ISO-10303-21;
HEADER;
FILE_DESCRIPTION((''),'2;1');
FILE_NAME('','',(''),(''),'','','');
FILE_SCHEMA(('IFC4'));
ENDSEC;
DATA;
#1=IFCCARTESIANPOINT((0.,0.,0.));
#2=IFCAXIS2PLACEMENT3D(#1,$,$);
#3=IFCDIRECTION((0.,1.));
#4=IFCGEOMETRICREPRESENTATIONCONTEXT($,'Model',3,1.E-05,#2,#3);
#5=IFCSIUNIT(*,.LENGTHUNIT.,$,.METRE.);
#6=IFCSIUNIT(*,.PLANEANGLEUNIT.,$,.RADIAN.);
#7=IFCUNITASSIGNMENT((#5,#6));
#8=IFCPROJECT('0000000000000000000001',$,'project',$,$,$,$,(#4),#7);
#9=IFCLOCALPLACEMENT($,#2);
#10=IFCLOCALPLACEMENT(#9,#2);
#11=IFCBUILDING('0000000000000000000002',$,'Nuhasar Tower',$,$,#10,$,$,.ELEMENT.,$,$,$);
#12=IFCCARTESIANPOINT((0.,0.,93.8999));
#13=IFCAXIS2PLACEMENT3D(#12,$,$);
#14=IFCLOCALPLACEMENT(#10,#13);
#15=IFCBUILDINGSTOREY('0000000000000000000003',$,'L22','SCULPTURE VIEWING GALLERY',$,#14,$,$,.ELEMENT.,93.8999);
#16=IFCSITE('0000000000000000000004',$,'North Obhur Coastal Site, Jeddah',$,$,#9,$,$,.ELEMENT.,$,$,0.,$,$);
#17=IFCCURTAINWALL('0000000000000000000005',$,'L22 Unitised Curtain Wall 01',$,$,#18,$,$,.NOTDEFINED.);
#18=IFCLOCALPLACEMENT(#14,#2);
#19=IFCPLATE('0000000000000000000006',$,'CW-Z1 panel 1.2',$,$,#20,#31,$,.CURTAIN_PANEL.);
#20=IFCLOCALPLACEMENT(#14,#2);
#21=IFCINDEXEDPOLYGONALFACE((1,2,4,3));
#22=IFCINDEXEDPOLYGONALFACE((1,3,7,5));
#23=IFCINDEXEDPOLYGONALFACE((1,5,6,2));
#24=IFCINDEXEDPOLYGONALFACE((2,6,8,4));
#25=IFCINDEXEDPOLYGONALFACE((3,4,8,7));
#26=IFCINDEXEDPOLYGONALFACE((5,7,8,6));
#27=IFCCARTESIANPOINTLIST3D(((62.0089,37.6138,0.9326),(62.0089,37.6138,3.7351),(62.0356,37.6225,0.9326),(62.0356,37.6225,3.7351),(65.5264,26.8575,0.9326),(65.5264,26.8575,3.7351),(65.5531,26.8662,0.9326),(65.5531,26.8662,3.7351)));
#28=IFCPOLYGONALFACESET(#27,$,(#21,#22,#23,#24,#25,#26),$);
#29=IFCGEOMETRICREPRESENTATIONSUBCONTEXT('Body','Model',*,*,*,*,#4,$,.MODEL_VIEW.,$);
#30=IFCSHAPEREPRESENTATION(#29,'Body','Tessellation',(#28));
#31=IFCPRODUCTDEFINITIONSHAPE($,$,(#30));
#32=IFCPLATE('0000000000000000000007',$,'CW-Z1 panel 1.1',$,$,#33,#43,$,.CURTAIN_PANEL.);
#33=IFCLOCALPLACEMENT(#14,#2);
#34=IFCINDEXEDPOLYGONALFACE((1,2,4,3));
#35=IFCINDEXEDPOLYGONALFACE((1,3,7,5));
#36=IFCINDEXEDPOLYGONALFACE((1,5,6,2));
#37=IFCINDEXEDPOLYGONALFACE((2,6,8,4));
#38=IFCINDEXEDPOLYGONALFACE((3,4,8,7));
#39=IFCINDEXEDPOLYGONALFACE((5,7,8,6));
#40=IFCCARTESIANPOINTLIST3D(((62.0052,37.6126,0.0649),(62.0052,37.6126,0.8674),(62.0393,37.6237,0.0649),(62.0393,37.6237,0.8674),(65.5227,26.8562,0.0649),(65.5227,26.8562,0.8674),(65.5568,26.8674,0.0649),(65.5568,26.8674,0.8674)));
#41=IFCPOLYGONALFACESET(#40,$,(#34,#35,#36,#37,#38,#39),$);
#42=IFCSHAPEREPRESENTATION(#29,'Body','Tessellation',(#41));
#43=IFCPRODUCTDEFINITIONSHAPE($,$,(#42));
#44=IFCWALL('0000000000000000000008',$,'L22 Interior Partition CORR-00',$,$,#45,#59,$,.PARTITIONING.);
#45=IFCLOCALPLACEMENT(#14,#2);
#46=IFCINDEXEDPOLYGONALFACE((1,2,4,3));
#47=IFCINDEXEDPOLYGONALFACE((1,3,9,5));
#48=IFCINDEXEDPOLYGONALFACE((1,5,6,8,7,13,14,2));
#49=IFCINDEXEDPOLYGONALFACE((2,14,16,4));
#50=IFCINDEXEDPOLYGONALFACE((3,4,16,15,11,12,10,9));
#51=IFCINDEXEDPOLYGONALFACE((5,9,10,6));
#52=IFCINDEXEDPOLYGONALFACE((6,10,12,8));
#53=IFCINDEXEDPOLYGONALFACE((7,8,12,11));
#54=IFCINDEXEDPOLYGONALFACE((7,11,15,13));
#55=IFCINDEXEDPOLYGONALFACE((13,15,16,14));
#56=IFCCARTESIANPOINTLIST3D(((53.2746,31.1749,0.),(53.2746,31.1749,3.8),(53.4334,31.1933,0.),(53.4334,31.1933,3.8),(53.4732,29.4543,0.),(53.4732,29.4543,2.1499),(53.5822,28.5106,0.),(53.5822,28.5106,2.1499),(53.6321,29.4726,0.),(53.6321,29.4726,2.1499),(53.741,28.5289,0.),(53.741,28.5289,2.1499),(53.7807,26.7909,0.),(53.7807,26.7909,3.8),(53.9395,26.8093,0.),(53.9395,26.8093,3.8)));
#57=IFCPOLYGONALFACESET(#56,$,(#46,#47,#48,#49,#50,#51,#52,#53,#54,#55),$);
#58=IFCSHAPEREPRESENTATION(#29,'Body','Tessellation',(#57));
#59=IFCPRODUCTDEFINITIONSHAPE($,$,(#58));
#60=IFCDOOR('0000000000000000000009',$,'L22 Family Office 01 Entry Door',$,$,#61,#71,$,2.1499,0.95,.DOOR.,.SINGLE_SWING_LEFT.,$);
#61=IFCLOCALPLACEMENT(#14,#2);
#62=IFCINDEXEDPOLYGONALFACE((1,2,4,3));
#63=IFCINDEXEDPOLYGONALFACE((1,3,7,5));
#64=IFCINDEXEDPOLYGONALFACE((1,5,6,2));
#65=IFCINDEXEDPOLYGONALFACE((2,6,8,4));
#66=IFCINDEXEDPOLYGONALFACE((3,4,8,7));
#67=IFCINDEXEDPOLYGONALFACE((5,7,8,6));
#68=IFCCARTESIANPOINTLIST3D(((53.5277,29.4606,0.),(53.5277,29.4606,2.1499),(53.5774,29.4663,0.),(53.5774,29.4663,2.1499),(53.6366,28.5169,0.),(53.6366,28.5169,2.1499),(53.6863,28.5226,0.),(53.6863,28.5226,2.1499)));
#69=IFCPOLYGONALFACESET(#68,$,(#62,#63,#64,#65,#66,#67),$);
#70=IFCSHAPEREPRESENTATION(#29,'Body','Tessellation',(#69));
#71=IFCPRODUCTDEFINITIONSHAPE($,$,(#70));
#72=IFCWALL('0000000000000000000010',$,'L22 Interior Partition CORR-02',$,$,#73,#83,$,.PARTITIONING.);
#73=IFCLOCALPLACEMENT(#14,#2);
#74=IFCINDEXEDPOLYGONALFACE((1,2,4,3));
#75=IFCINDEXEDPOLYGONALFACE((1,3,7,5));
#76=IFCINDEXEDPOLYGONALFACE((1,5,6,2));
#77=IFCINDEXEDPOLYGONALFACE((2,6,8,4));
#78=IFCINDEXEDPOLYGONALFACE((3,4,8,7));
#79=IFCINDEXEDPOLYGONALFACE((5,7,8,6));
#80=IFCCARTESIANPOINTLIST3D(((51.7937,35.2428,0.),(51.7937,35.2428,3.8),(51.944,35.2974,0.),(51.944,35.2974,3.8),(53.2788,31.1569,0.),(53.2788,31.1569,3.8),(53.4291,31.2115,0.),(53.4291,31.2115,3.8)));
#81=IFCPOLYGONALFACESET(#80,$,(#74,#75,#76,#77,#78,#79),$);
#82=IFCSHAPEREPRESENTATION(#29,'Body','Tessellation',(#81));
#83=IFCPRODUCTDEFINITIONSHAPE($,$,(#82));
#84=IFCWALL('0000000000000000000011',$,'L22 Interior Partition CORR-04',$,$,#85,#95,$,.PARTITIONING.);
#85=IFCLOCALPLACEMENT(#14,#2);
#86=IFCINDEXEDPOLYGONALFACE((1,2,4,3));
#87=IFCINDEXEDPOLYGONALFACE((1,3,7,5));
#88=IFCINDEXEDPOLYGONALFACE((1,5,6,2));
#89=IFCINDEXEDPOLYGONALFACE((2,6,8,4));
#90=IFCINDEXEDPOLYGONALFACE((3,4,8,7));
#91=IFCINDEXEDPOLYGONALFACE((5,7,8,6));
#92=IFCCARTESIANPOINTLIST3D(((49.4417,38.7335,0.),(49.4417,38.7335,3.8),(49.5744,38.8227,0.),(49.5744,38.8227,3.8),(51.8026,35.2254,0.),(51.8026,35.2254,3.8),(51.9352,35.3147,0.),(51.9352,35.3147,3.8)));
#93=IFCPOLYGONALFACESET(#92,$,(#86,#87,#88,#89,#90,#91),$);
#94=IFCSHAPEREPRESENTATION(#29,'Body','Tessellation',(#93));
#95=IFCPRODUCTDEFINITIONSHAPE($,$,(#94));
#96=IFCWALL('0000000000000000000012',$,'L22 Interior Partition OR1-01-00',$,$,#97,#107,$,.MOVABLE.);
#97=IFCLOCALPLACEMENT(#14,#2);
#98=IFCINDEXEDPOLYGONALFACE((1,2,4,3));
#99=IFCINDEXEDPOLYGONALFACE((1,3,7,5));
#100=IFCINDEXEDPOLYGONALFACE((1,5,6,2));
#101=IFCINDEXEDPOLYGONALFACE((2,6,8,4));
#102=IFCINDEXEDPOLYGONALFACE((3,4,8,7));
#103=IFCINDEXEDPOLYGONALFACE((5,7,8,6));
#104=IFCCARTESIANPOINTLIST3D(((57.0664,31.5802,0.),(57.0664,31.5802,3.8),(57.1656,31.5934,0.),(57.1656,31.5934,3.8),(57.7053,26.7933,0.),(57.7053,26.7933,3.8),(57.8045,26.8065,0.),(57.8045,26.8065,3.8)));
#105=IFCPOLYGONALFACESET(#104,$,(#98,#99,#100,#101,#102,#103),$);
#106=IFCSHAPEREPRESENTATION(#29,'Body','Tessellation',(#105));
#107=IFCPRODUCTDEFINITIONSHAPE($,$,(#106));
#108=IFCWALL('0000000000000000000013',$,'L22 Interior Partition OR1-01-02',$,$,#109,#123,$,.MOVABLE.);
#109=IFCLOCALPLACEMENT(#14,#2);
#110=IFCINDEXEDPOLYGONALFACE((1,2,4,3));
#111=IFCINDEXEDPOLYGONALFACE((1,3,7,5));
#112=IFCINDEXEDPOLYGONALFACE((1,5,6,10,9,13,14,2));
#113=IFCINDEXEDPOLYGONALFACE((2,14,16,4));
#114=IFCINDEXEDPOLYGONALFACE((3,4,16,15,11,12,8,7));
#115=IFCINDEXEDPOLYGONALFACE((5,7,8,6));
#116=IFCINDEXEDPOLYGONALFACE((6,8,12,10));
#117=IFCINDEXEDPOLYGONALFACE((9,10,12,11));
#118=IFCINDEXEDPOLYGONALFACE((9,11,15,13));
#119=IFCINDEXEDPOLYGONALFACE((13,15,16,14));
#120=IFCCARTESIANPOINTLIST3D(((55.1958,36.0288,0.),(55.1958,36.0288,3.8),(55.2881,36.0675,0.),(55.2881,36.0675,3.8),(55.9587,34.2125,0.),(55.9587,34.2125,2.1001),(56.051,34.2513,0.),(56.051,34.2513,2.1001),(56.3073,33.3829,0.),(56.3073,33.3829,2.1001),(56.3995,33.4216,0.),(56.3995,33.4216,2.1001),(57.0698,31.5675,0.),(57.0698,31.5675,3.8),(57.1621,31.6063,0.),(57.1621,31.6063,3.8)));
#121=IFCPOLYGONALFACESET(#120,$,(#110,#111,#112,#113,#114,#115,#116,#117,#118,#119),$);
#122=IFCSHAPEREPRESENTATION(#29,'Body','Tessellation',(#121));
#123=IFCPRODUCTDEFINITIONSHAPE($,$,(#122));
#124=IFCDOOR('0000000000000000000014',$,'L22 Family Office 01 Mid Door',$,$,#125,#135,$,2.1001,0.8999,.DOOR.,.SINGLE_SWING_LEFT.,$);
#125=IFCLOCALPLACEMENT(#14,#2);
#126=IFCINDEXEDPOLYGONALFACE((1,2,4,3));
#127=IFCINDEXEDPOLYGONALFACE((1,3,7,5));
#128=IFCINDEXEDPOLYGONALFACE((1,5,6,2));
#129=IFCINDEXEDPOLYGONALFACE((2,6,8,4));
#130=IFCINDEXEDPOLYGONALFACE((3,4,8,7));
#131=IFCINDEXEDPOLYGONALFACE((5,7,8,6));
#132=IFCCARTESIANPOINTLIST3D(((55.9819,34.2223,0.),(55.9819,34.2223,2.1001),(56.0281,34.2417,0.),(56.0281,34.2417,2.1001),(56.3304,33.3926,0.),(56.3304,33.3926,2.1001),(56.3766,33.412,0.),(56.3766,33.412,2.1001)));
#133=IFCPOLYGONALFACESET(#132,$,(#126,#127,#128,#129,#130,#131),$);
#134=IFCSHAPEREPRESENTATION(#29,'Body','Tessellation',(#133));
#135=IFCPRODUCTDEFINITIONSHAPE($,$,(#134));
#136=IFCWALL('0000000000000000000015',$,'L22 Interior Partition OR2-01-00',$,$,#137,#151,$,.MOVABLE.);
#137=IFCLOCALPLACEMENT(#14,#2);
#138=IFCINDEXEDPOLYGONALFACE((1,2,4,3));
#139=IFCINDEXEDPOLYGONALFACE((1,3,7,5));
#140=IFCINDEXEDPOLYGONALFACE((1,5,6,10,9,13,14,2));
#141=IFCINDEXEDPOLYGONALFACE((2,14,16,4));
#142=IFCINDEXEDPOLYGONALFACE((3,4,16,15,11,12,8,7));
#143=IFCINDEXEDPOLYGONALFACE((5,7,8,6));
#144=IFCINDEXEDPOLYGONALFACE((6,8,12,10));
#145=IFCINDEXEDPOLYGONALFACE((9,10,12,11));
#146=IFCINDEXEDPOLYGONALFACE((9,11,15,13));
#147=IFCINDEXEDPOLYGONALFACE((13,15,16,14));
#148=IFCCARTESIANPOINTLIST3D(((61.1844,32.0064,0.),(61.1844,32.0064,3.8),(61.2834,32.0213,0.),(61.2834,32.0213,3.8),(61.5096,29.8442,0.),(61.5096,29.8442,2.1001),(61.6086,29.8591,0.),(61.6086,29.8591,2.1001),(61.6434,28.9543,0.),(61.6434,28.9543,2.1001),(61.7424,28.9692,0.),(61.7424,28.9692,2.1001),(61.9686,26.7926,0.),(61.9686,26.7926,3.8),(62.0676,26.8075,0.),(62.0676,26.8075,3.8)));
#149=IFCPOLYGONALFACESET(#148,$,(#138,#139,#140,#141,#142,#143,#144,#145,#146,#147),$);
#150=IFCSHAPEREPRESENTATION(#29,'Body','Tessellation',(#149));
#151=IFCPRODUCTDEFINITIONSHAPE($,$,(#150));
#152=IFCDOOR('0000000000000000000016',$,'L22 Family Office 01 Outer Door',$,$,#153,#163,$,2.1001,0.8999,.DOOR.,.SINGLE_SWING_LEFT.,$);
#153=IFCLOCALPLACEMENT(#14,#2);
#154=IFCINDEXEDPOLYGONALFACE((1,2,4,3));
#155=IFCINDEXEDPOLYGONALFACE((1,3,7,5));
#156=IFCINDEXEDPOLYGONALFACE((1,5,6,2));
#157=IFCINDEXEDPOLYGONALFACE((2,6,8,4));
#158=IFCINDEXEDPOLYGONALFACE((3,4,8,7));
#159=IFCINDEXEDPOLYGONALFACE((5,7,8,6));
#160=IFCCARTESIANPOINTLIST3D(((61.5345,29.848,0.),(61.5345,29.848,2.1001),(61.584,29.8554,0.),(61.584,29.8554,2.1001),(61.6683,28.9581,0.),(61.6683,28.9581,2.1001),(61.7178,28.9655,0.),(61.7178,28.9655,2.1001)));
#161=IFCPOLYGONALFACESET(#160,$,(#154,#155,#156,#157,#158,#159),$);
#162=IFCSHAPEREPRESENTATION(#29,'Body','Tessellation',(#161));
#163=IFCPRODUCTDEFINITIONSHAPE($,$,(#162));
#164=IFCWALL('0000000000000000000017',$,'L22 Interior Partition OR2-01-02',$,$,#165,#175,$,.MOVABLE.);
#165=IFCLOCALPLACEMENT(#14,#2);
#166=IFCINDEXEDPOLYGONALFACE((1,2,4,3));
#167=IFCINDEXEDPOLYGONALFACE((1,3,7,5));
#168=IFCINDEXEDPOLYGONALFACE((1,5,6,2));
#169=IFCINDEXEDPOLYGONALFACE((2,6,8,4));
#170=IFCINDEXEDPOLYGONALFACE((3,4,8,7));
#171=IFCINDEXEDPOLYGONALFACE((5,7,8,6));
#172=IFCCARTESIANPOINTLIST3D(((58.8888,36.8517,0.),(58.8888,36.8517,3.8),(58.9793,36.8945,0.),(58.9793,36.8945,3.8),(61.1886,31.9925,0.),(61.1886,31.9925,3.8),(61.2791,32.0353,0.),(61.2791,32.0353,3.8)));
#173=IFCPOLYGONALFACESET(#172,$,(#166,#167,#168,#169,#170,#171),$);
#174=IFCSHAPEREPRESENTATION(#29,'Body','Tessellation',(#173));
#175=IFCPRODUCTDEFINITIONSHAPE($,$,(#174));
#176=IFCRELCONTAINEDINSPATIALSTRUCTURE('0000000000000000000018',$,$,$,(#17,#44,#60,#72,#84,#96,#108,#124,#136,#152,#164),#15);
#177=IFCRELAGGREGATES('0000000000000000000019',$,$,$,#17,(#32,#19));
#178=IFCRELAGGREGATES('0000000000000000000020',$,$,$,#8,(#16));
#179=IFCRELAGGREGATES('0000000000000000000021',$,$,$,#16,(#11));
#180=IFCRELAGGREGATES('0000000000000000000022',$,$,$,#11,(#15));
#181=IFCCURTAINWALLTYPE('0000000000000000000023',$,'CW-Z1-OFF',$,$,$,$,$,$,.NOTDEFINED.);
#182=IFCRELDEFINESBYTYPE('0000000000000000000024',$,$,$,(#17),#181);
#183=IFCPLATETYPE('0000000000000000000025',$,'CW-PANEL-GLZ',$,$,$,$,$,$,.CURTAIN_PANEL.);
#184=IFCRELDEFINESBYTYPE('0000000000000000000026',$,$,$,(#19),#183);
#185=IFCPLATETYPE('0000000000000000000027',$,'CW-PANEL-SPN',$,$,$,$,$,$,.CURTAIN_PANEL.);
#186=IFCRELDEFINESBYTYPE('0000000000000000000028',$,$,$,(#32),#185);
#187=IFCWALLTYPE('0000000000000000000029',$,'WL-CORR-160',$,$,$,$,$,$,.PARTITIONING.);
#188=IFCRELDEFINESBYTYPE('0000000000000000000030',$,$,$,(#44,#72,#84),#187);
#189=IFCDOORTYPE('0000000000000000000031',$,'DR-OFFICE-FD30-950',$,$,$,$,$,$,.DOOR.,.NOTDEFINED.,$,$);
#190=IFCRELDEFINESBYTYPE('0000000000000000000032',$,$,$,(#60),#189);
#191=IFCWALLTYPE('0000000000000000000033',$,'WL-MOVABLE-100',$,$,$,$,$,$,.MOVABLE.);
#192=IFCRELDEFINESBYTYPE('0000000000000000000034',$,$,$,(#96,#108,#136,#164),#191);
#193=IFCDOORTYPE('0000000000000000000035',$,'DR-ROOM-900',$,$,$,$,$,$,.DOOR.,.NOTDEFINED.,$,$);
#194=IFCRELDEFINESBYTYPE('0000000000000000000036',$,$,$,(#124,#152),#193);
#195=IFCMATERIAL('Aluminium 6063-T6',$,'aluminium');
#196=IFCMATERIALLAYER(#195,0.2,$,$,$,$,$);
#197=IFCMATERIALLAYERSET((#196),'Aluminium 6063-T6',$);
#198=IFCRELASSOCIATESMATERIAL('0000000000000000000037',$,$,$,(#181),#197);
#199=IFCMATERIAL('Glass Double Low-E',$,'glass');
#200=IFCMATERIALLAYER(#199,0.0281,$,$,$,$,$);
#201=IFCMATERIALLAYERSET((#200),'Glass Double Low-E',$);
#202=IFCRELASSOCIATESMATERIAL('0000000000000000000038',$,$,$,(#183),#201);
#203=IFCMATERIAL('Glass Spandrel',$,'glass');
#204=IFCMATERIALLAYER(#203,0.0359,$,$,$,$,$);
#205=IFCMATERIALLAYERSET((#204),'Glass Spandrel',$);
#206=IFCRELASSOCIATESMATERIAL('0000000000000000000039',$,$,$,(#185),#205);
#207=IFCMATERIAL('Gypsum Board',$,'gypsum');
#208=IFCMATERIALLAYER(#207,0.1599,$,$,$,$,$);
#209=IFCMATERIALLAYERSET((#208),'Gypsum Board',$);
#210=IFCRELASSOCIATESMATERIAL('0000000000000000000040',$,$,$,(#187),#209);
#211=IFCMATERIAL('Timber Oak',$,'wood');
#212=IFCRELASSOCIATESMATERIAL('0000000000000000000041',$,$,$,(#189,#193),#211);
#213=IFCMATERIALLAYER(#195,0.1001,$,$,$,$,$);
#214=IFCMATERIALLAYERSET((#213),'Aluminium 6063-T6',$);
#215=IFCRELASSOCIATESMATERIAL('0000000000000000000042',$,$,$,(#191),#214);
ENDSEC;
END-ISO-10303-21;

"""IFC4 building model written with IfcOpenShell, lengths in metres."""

from ifc_helpers import new_model, si_unit, direction, frame, frame_2d, origin, origin_2d, place, context, subcontext, project, spatial, rectangle, extrude, material, layer, layer_set, type_object, element, fill, aggregate, save


model = new_model("IFC4")

# Units and contexts
model_context = context("Model", 3, precision=1e-05, world=origin(), true_north=direction((0.0, 1.0)))
body_context = subcontext(model_context, "Body", "Model", "MODEL_VIEW")
ifc_project = project(units=[si_unit("LENGTHUNIT", "METRE"), si_unit("PLANEANGLEUNIT", "RADIAN")], contexts=[model_context])

# Site, building, storey
site_placement = place(None, origin())
site = spatial("IfcSite", under=ifc_project, at=site_placement, Name="North Obhur Coastal Site, Jeddah", CompositionType="ELEMENT", RefElevation=0.0)
building_placement = place(site_placement, origin())
building = spatial("IfcBuilding", under=site, at=building_placement, Name="Nuhasar Tower", CompositionType="ELEMENT")
storey_placement = place(building_placement, frame((0.0, 0.0, 93.8999)))
storey = spatial("IfcBuildingStorey", under=building, at=storey_placement, Name="L22", Description="SCULPTURE VIEWING GALLERY", CompositionType="ELEMENT", Elevation=93.8999)

# Curtain wall
ifc_material_1 = material(Name="Aluminium 6063-T6", Category="aluminium")
ifc_layer_1 = layer(ifc_material_1, 0.2)
ifc_layer_set_1 = layer_set([ifc_layer_1], Name="Aluminium 6063-T6")
curtain_wall_type = type_object("IfcCurtainWallType", Name="CW-Z1-OFF", PredefinedType="NOTDEFINED", material=ifc_layer_set_1)
curtain_wall_placement = place(storey_placement, origin())
curtain_wall = element("IfcCurtainWall", 1, at=curtain_wall_placement, inside=storey, type_object=curtain_wall_type, Name="L22 Unitised Curtain Wall 01", PredefinedType="NOTDEFINED")

# Plates
ifc_material_2 = material(Name="Glass Double Low-E", Category="glass")
ifc_layer_2 = layer(ifc_material_2, 0.0281)
ifc_layer_set_2 = layer_set([ifc_layer_2], Name="Glass Double Low-E")
plate_type_1 = type_object("IfcPlateType", Name="CW-PANEL-GLZ", PredefinedType="CURTAIN_PANEL", material=ifc_layer_set_2)
plate_1_placement = place(storey_placement, frame((63.781, 32.24, 0.9326), z_axis=(0.0, 0.0, 1.0), x_axis=(-0.310824, 0.950468, 0.0)))
plate_1 = element("IfcPlate", 2, at=plate_1_placement, type_object=plate_type_1, Name="CW-Z1 panel 1.2", PredefinedType="CURTAIN_PANEL", context=body_context, shape_type="SweptSolid", body=[
    extrude(rectangle(XDim=11.3169, YDim=0.0281, at=origin_2d()), origin(), (0.0, 0.0, 1.0), 2.8025),
])
ifc_material_3 = material(Name="Glass Spandrel", Category="glass")
ifc_layer_3 = layer(ifc_material_3, 0.0359)
ifc_layer_set_3 = layer_set([ifc_layer_3], Name="Glass Spandrel")
plate_type_2 = type_object("IfcPlateType", Name="CW-PANEL-SPN", PredefinedType="CURTAIN_PANEL", material=ifc_layer_set_3)
plate_2_placement = place(storey_placement, frame((63.781, 32.24, 0.0649), z_axis=(0.0, 0.0, 1.0), x_axis=(-0.310824, 0.950468, 0.0)))
plate_2 = element("IfcPlate", 3, at=plate_2_placement, type_object=plate_type_2, Name="CW-Z1 panel 1.1", PredefinedType="CURTAIN_PANEL", context=body_context, shape_type="SweptSolid", body=[
    extrude(rectangle(XDim=11.3169, YDim=0.0359, at=origin_2d()), origin(), (0.0, 0.0, 1.0), 0.8025),
])
aggregate(curtain_wall, [plate_2, plate_1])

# Wall, opening, door
ifc_material_4 = material(Name="Gypsum Board", Category="gypsum")
ifc_layer_4 = layer(ifc_material_4, 0.1599)
ifc_layer_set_4 = layer_set([ifc_layer_4], Name="Gypsum Board")
wall_type_1 = type_object("IfcWallType", Name="WL-CORR-160", PredefinedType="PARTITIONING", material=ifc_layer_set_4)
wall_1_placement = place(storey_placement, frame((53.354, 31.1841, 0.0), z_axis=(0.0, 0.0, 1.0), x_axis=(0.114681, -0.993402, 0.0)))
wall_1 = element("IfcWall", 4, at=wall_1_placement, inside=storey, type_object=wall_type_1, Name="L22 Interior Partition CORR-00", PredefinedType="PARTITIONING", context=body_context, shape_type="SweptSolid", body=[
    extrude(rectangle(XDim=4.4131, YDim=0.1599, at=frame_2d((2.2065, 0.0))), origin(), (0.0, 0.0, 1.0), 3.8),
])
opening_1_placement = place(wall_1_placement, frame((1.7319, 0.0, 0.0)))
opening_1 = element("IfcOpeningElement", 5, at=opening_1_placement, cuts=wall_1, PredefinedType="OPENING", context=body_context, shape_type="SweptSolid", body=[
    extrude(rectangle(XDim=0.95, YDim=2.1499, at=frame_2d((0.4751, 1.075))), frame((0.0, 0.0898, 0.0), z_axis=(0.0, -1.0, 0.0), x_axis=(1.0, 0.0, 0.0)), (0.0, 0.0, 1.0), 0.1799),
])
ifc_material_5 = material(Name="Timber Oak", Category="wood")
door_type_1 = type_object("IfcDoorType", Name="DR-OFFICE-FD30-950", OperationType="NOTDEFINED", PredefinedType="DOOR", material=ifc_material_5)
door_1_placement = place(opening_1_placement, origin())
door_1 = element("IfcDoor", 6, at=door_1_placement, inside=storey, type_object=door_type_1, Name="L22 Family Office 01 Entry Door", OperationType="SINGLE_SWING_LEFT", OverallHeight=2.1499, OverallWidth=0.95, PredefinedType="DOOR", context=body_context, shape_type="SweptSolid", body=[
    extrude(rectangle(XDim=0.95, YDim=2.1499, at=frame_2d((0.4751, 1.075))), frame((0.0, 0.0249, 0.0), z_axis=(0.0, -1.0, 0.0), x_axis=(1.0, 0.0, 0.0)), (0.0, 0.0, 1.0), 0.05),
])
fill(opening_1, door_1)

# Walls
wall_2_placement = place(storey_placement, frame((53.354, 31.1841, 0.0), z_axis=(0.0, 0.0, 1.0), x_axis=(-0.341603, 0.939844, 0.0)))
element("IfcWall", 7, at=wall_2_placement, inside=storey, type_object=wall_type_1, Name="L22 Interior Partition CORR-02", PredefinedType="PARTITIONING", context=body_context, shape_type="SweptSolid", body=[
    extrude(rectangle(XDim=4.3474, YDim=0.1599, at=frame_2d((2.1738, 0.0))), origin(), (0.0, 0.0, 1.0), 3.8),
])
wall_3_placement = place(storey_placement, frame((51.8689, 35.27, 0.0), z_axis=(0.0, 0.0, 1.0), x_axis=(-0.558319, 0.829626, 0.0)))
element("IfcWall", 8, at=wall_3_placement, inside=storey, type_object=wall_type_1, Name="L22 Interior Partition CORR-04", PredefinedType="PARTITIONING", context=body_context, shape_type="SweptSolid", body=[
    extrude(rectangle(XDim=4.2285, YDim=0.1599, at=frame_2d((2.1143, 0.0))), origin(), (0.0, 0.0, 1.0), 3.8),
])
ifc_layer_5 = layer(ifc_material_1, 0.1001)
ifc_layer_set_5 = layer_set([ifc_layer_5], Name="Aluminium 6063-T6")
wall_type_2 = type_object("IfcWallType", Name="WL-MOVABLE-100", PredefinedType="MOVABLE", material=ifc_layer_set_5)
wall_4_placement = place(storey_placement, frame((57.7549, 26.8, 0.0), z_axis=(0.0, 0.0, 1.0), x_axis=(-0.132299, 0.99121, 0.0)))
element("IfcWall", 9, at=wall_4_placement, inside=storey, type_object=wall_type_2, Name="L22 Interior Partition OR1-01-00", PredefinedType="MOVABLE", context=body_context, shape_type="SweptSolid", body=[
    extrude(rectangle(XDim=4.8293, YDim=0.1001, at=frame_2d((2.4146, 0.0))), origin(), (0.0, 0.0, 1.0), 3.8),
])

# Walls, openings, doors
wall_5_placement = place(storey_placement, frame((57.116, 31.5869, 0.0), z_axis=(0.0, 0.0, 1.0), x_axis=(-0.38729, 0.921958, 0.0)))
wall_5 = element("IfcWall", 10, at=wall_5_placement, inside=storey, type_object=wall_type_2, Name="L22 Interior Partition OR1-01-02", PredefinedType="MOVABLE", context=body_context, shape_type="SweptSolid", body=[
    extrude(rectangle(XDim=4.8389, YDim=0.1001, at=frame_2d((2.4194, 0.0))), origin(), (0.0, 0.0, 1.0), 3.8),
])
opening_2_placement = place(wall_5_placement, frame((1.969, 0.0, 0.0)))
opening_2 = element("IfcOpeningElement", 11, at=opening_2_placement, cuts=wall_5, PredefinedType="OPENING", context=body_context, shape_type="SweptSolid", body=[
    extrude(rectangle(XDim=0.8999, YDim=2.1001, at=frame_2d((0.45, 1.05))), frame((0.0, 0.0601, 0.0), z_axis=(0.0, -1.0, 0.0), x_axis=(1.0, 0.0, 0.0)), (0.0, 0.0, 1.0), 0.1201),
])
door_type_2 = type_object("IfcDoorType", Name="DR-ROOM-900", OperationType="NOTDEFINED", PredefinedType="DOOR", material=ifc_material_5)
door_2_placement = place(opening_2_placement, origin())
door_2 = element("IfcDoor", 12, at=door_2_placement, inside=storey, type_object=door_type_2, Name="L22 Family Office 01 Mid Door", OperationType="SINGLE_SWING_LEFT", OverallHeight=2.1001, OverallWidth=0.8999, PredefinedType="DOOR", context=body_context, shape_type="SweptSolid", body=[
    extrude(rectangle(XDim=0.8999, YDim=2.1001, at=frame_2d((0.45, 1.05))), frame((0.0, 0.0249, 0.0), z_axis=(0.0, -1.0, 0.0), x_axis=(1.0, 0.0, 0.0)), (0.0, 0.0, 1.0), 0.05),
])
fill(opening_2, door_2)
wall_6_placement = place(storey_placement, frame((62.0181, 26.8, 0.0), z_axis=(0.0, 0.0, 1.0), x_axis=(-0.14873, 0.988878, 0.0)))
wall_6 = element("IfcWall", 13, at=wall_6_placement, inside=storey, type_object=wall_type_2, Name="L22 Interior Partition OR2-01-00", PredefinedType="MOVABLE", context=body_context, shape_type="SweptSolid", body=[
    extrude(rectangle(XDim=5.2725, YDim=0.1001, at=frame_2d((2.6362, 0.0))), origin(), (0.0, 0.0, 1.0), 3.8),
])
opening_3_placement = place(wall_6_placement, frame((2.186, 0.0, 0.0)))
opening_3 = element("IfcOpeningElement", 14, at=opening_3_placement, cuts=wall_6, PredefinedType="OPENING", context=body_context, shape_type="SweptSolid", body=[
    extrude(rectangle(XDim=0.8999, YDim=2.1001, at=frame_2d((0.45, 1.05))), frame((0.0, 0.0601, 0.0), z_axis=(0.0, -1.0, 0.0), x_axis=(1.0, 0.0, 0.0)), (0.0, 0.0, 1.0), 0.1201),
])
door_3_placement = place(opening_3_placement, origin())
door_3 = element("IfcDoor", 15, at=door_3_placement, inside=storey, type_object=door_type_2, Name="L22 Family Office 01 Outer Door", OperationType="SINGLE_SWING_LEFT", OverallHeight=2.1001, OverallWidth=0.8999, PredefinedType="DOOR", context=body_context, shape_type="SweptSolid", body=[
    extrude(rectangle(XDim=0.8999, YDim=2.1001, at=frame_2d((0.45, 1.05))), frame((0.0, 0.0249, 0.0), z_axis=(0.0, -1.0, 0.0), x_axis=(1.0, 0.0, 0.0)), (0.0, 0.0, 1.0), 0.05),
])
fill(opening_3, door_3)

# Wall
wall_7_placement = place(storey_placement, frame((61.2339, 32.0139, 0.0), z_axis=(0.0, 0.0, 1.0), x_axis=(-0.427799, 0.903874, 0.0)))
element("IfcWall", 16, at=wall_7_placement, inside=storey, type_object=wall_type_2, Name="L22 Interior Partition OR2-01-02", PredefinedType="MOVABLE", context=body_context, shape_type="SweptSolid", body=[
    extrude(rectangle(XDim=5.376, YDim=0.1001, at=frame_2d((2.688, 0.0))), origin(), (0.0, 0.0, 1.0), 3.8),
])

save(model, "model.ifc")
